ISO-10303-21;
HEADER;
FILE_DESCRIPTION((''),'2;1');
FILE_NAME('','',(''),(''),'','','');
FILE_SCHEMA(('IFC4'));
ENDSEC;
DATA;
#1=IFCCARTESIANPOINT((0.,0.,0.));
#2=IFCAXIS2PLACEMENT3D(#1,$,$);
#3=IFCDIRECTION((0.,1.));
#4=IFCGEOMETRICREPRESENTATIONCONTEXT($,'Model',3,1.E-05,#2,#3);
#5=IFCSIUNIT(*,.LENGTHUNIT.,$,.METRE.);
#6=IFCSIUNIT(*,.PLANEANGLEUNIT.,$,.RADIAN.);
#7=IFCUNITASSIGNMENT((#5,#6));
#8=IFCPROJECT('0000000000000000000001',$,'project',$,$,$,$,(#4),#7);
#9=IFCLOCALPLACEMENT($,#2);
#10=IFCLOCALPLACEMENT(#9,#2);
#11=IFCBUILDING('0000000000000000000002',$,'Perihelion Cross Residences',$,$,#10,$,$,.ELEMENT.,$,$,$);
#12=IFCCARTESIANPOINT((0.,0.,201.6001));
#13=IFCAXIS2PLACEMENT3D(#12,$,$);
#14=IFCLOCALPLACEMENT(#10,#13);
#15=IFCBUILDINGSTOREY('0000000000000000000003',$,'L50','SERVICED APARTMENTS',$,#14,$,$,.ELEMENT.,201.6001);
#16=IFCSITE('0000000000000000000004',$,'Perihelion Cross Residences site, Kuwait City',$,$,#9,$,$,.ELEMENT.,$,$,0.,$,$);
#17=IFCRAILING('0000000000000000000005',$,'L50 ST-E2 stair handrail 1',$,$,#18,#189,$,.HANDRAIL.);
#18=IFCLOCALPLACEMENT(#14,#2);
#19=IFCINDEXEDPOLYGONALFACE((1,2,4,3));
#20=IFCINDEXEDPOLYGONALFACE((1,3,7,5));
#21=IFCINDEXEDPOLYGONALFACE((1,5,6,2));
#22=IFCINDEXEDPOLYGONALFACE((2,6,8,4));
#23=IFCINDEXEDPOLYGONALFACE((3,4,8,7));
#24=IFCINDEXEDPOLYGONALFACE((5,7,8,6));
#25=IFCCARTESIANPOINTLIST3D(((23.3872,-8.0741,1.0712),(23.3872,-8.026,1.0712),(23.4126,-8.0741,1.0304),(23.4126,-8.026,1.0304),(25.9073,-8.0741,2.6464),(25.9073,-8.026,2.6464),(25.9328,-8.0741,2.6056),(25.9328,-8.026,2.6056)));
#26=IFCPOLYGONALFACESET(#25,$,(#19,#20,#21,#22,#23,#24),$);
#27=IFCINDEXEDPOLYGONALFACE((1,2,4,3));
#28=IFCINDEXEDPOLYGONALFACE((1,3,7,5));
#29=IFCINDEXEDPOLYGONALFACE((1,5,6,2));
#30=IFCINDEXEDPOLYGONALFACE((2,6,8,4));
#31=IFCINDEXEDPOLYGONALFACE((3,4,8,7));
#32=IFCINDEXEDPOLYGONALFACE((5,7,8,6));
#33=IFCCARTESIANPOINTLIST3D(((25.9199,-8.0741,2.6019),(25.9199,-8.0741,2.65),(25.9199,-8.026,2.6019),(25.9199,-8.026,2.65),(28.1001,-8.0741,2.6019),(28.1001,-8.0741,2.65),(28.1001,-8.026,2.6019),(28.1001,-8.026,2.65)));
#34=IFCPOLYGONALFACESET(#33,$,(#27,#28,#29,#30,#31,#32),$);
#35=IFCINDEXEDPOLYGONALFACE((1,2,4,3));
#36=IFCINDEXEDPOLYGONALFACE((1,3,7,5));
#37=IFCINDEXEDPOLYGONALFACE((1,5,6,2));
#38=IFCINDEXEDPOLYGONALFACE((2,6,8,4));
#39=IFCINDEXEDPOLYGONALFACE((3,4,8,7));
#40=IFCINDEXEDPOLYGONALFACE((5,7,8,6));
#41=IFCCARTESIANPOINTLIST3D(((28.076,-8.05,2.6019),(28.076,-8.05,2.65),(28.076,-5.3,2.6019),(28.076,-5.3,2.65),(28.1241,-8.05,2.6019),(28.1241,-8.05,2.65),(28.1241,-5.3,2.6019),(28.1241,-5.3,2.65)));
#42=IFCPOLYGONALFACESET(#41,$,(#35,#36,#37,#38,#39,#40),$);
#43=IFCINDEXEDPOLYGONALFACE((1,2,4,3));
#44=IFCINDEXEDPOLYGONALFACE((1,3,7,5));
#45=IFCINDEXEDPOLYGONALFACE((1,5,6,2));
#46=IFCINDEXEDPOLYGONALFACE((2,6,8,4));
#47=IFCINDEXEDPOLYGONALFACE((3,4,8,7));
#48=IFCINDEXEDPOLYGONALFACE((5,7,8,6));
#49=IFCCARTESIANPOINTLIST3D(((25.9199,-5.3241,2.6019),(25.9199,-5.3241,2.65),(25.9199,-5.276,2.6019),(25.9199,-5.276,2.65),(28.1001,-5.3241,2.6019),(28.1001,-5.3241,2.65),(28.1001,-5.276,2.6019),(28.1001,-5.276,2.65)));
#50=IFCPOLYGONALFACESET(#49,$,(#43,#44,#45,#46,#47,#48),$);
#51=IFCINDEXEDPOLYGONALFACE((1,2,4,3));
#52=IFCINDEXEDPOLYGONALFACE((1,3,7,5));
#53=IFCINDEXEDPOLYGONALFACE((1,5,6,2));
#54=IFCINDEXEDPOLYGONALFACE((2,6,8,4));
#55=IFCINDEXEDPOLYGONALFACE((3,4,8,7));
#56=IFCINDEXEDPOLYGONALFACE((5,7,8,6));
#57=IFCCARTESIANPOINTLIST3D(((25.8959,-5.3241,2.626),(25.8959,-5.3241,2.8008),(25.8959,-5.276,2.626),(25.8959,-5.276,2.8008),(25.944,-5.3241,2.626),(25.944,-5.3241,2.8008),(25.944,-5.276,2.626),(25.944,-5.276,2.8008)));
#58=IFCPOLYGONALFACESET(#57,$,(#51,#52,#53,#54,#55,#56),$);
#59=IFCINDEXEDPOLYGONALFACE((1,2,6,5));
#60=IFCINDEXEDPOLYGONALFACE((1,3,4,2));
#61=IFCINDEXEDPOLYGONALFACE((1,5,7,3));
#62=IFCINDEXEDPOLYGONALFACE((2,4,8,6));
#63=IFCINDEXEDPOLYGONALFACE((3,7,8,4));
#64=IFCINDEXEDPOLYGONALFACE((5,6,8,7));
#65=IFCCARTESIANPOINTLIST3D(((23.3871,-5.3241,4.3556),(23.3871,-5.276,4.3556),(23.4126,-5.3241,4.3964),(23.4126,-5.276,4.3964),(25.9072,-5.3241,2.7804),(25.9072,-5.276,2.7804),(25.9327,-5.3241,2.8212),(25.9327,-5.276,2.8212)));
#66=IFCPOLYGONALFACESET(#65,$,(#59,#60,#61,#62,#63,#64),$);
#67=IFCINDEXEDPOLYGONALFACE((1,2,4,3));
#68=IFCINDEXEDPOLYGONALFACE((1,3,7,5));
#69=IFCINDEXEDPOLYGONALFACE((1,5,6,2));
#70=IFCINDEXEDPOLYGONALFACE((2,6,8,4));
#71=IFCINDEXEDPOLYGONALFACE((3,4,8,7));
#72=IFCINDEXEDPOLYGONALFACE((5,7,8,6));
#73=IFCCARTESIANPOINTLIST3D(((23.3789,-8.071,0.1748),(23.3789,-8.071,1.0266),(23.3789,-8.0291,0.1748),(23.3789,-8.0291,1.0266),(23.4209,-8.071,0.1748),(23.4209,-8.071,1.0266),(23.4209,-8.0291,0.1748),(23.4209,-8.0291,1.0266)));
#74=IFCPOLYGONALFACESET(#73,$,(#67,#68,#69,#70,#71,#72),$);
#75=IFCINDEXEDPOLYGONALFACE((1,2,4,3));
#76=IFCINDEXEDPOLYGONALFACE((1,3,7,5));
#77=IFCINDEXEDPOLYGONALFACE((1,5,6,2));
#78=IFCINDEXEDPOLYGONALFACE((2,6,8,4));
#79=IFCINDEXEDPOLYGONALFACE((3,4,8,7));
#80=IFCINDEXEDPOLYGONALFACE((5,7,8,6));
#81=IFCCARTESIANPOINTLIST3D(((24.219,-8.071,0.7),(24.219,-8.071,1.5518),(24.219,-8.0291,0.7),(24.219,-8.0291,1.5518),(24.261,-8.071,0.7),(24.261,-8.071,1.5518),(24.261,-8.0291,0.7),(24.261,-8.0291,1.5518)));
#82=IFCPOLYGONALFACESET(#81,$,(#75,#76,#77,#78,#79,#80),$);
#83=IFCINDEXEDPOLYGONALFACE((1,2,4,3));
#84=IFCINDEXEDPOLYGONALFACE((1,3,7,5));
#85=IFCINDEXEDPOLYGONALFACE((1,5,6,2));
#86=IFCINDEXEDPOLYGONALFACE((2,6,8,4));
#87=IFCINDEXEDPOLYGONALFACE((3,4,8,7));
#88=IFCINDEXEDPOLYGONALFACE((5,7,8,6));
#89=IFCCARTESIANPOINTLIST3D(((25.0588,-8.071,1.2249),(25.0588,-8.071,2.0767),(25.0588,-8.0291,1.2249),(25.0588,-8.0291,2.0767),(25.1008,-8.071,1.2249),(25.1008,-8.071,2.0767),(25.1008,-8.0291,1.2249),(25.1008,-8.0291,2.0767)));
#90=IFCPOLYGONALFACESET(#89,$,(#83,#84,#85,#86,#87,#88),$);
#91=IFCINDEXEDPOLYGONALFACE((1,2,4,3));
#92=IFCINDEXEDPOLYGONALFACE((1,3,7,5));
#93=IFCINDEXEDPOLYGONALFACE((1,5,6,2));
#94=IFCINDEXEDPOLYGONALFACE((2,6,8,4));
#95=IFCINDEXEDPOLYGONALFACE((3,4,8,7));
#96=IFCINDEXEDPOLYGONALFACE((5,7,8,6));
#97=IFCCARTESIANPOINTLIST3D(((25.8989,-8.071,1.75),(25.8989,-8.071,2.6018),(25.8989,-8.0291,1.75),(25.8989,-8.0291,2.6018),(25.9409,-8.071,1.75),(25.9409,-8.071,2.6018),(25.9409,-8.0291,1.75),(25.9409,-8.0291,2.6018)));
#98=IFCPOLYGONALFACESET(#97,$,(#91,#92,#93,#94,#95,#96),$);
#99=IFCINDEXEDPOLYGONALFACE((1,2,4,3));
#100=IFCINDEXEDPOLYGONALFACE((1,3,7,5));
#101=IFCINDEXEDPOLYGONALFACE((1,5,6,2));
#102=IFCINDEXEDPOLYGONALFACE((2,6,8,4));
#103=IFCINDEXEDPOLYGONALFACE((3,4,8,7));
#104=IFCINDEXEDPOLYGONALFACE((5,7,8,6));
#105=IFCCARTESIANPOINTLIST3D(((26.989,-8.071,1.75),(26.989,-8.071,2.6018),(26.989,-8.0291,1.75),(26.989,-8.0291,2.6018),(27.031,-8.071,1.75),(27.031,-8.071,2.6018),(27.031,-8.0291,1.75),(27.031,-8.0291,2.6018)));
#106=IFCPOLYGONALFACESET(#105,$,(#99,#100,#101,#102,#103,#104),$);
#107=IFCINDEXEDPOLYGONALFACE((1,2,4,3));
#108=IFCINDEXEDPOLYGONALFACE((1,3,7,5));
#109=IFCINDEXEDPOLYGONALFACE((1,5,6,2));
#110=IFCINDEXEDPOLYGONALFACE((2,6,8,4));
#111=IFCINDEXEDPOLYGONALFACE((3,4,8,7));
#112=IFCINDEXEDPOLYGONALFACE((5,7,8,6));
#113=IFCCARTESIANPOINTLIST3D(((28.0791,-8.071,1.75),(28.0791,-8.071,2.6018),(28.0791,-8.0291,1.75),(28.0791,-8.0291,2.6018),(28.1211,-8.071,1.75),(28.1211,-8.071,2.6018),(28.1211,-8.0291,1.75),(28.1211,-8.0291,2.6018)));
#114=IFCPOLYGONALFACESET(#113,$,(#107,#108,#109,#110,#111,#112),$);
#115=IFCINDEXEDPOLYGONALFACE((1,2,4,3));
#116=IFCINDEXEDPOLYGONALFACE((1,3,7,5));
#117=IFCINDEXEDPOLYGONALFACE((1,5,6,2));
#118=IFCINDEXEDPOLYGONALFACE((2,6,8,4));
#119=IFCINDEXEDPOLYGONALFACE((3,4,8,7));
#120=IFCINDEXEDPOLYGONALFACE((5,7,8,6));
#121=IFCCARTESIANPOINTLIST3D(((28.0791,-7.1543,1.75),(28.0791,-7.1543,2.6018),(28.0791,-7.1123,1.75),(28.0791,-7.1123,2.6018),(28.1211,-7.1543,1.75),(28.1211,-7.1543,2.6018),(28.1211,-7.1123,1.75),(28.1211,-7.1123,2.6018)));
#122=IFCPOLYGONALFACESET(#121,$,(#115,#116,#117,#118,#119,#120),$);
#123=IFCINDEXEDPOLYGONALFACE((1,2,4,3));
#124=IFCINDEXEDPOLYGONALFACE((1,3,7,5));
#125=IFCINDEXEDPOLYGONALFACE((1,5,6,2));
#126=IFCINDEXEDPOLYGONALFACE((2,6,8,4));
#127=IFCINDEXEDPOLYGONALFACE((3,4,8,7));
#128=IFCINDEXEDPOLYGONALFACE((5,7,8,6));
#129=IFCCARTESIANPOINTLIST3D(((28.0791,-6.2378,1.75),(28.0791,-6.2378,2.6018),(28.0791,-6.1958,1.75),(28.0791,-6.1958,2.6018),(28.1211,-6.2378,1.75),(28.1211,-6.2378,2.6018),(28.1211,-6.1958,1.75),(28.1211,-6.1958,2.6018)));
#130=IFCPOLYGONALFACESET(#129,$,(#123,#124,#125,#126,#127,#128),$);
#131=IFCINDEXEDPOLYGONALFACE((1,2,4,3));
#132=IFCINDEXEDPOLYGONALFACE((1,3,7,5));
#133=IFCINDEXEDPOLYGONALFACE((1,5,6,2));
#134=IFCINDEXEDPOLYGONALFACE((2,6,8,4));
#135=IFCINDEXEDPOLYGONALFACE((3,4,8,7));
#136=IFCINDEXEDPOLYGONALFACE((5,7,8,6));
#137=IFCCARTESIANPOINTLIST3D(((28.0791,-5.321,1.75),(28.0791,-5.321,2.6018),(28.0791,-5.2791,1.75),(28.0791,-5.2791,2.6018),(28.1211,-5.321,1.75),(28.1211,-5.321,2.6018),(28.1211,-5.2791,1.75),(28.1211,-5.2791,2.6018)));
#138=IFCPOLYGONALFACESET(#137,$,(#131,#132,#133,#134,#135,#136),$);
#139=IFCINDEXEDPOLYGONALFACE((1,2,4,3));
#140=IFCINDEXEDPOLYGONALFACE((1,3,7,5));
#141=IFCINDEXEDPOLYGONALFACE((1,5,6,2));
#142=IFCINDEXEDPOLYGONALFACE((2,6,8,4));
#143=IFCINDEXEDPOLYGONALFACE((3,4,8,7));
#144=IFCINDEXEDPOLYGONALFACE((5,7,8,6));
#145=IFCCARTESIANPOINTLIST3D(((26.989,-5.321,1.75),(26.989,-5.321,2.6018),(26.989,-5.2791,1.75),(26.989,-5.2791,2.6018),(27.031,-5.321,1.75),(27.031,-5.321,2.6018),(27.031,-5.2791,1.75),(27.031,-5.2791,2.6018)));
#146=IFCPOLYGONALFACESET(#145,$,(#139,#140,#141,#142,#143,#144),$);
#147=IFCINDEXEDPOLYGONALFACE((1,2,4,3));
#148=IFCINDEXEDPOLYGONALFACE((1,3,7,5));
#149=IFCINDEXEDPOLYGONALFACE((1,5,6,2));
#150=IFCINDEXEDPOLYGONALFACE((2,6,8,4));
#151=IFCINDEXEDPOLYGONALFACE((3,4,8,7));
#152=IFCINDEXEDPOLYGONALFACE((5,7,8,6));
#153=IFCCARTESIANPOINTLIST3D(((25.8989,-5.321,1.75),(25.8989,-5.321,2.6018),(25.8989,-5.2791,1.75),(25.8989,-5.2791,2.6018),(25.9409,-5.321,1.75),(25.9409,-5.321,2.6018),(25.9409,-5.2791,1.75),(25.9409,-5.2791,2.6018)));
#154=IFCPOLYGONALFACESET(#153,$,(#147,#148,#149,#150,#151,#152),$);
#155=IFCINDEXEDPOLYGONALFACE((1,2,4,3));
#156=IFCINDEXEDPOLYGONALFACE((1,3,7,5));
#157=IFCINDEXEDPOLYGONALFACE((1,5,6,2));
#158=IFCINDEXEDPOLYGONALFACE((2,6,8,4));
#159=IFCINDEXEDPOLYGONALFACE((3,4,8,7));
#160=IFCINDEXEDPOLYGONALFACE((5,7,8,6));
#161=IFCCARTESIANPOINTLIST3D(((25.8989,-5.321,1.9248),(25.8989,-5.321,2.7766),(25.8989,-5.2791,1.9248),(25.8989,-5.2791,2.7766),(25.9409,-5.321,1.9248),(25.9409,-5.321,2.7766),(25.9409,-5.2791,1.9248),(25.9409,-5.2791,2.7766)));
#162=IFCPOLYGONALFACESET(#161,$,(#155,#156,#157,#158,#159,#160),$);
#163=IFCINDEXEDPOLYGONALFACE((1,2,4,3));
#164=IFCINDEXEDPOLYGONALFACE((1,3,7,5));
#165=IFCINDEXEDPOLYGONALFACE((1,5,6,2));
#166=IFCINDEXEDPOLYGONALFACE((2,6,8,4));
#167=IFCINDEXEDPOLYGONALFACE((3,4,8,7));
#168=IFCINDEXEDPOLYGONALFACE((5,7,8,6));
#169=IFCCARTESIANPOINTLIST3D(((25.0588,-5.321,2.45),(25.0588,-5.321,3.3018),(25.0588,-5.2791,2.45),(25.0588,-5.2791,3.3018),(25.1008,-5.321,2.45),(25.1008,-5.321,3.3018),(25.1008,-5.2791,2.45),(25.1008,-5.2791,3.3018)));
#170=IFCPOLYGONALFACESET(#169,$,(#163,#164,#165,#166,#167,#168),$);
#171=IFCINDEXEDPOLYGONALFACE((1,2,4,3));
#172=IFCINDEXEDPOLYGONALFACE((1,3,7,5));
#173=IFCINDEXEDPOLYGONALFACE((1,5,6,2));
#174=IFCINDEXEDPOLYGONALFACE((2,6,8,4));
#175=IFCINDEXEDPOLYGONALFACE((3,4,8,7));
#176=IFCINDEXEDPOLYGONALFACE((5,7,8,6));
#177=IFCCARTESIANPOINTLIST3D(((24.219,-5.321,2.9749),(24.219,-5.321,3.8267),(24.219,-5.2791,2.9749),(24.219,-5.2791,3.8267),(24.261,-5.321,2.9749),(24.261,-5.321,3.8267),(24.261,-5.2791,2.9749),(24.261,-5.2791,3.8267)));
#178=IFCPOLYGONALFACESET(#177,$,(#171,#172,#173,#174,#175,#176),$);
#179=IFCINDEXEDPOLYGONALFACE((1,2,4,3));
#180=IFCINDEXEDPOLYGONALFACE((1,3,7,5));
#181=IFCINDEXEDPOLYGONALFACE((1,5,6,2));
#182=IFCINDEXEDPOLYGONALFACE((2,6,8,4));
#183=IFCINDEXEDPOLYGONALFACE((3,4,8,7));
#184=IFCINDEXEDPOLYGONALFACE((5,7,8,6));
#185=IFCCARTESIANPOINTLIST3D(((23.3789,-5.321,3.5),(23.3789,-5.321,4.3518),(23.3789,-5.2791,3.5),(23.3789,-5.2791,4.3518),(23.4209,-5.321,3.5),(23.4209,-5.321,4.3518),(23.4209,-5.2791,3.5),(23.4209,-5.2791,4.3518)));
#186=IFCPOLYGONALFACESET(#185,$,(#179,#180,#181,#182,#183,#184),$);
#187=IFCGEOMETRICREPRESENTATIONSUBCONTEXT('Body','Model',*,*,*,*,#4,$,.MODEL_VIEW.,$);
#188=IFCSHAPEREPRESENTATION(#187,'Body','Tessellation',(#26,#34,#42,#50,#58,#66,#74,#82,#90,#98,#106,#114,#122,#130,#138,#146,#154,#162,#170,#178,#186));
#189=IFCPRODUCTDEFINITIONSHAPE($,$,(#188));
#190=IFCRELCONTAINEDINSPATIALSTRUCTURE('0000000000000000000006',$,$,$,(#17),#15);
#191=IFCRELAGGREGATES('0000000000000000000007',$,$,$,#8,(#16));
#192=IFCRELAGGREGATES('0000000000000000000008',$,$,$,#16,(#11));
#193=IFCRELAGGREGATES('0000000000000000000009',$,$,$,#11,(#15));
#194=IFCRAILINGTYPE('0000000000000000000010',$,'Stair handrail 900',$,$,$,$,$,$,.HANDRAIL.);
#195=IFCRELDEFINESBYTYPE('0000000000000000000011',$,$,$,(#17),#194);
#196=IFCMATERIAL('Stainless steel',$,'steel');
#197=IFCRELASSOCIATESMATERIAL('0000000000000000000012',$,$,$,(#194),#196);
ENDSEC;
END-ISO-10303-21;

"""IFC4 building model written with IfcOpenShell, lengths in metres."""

from ifc_helpers import new_model, si_unit, direction, frame, origin, origin_2d, place, context, subcontext, project, spatial, rectangle, extrude, material, type_object, element, save


model = new_model("IFC4")

# Units and contexts
model_context = context("Model", 3, precision=1e-05, world=origin(), true_north=direction((0.0, 1.0)))
body_context = subcontext(model_context, "Body", "Model", "MODEL_VIEW")
ifc_project = project(units=[si_unit("LENGTHUNIT", "METRE"), si_unit("PLANEANGLEUNIT", "RADIAN")], contexts=[model_context])

# Site, building, storey
site_placement = place(None, origin())
site = spatial("IfcSite", under=ifc_project, at=site_placement, Name="Perihelion Cross Residences site, Kuwait City", CompositionType="ELEMENT", RefElevation=0.0)
building_placement = place(site_placement, origin())
building = spatial("IfcBuilding", under=site, at=building_placement, Name="Perihelion Cross Residences", CompositionType="ELEMENT")
storey_placement = place(building_placement, frame((0.0, 0.0, 201.6001)))
storey = spatial("IfcBuildingStorey", under=building, at=storey_placement, Name="L50", Description="SERVICED APARTMENTS", CompositionType="ELEMENT", Elevation=201.6001)

# Railing
ifc_material_1 = material(Name="Stainless steel", Category="steel")
railing_type_1 = type_object("IfcRailingType", Name="Stair handrail 900", PredefinedType="HANDRAIL", material=ifc_material_1)
railing_1_placement = place(storey_placement, frame((23.3999, -8.05, 0.1748)))
element("IfcRailing", 1, at=railing_1_placement, inside=storey, type_object=railing_type_1, Name="L50 ST-E2 stair handrail 1", PredefinedType="HANDRAIL", context=body_context, shape_type="SweptSolid", body=[
    extrude(rectangle(XDim=0.0481, YDim=0.0481, at=origin_2d()), frame((0.0, 0.0, 0.876), z_axis=(0.847971, 0.0, 0.530043), x_axis=(0.0, 1.0, 0.0)), (0.0, 0.0, 1.0), 2.9719),
    extrude(rectangle(XDim=0.0481, YDim=0.0481, at=origin_2d()), frame((2.52, 0.0, 2.4512), z_axis=(1.0, 0.0, 0.0), x_axis=(0.0, 1.0, 0.0)), (0.0, 0.0, 1.0), 2.1802),
    extrude(rectangle(XDim=0.0481, YDim=0.0481, at=origin_2d()), frame((4.7002, 0.0, 2.4512), z_axis=(0.0, 1.0, 0.0), x_axis=(-1.0, 0.0, 0.0)), (0.0, 0.0, 1.0), 2.75),
    extrude(rectangle(XDim=0.0481, YDim=0.0481, at=origin_2d()), frame((4.7002, 2.75, 2.4512), z_axis=(-1.0, 0.0, 0.0), x_axis=(0.0, -1.0, 0.0)), (0.0, 0.0, 1.0), 2.1802),
    extrude(rectangle(XDim=0.0481, YDim=0.0481, at=origin_2d()), frame((2.52, 2.75, 2.4512), z_axis=(0.0, 0.0, 1.0), x_axis=(1.0, 0.0, 0.0)), (0.0, 0.0, 1.0), 0.1748),
    extrude(rectangle(XDim=0.0481, YDim=0.0481, at=origin_2d()), frame((2.52, 2.75, 2.626), z_axis=(-0.847971, 0.0, 0.530043), x_axis=(0.0, -1.0, 0.0)), (0.0, 0.0, 1.0), 2.9719),
    extrude(rectangle(XDim=0.042, YDim=0.042, at=origin_2d()), origin(), (0.0, 0.0, 1.0), 0.8518),
    extrude(rectangle(XDim=0.042, YDim=0.042, at=origin_2d()), frame((0.8401, 0.0, 0.5251)), (0.0, 0.0, 1.0), 0.8518),
    extrude(rectangle(XDim=0.042, YDim=0.042, at=origin_2d()), frame((1.6799, 0.0, 1.05)), (0.0, 0.0, 1.0), 0.8518),
    extrude(rectangle(XDim=0.042, YDim=0.042, at=origin_2d()), frame((2.52, 0.0, 1.5752)), (0.0, 0.0, 1.0), 0.8518),
    extrude(rectangle(XDim=0.042, YDim=0.042, at=origin_2d()), frame((3.6101, 0.0, 1.5752)), (0.0, 0.0, 1.0), 0.8518),
    extrude(rectangle(XDim=0.042, YDim=0.042, at=origin_2d()), frame((4.7002, 0.0, 1.5752)), (0.0, 0.0, 1.0), 0.8518),
    extrude(rectangle(XDim=0.042, YDim=0.042, at=origin_2d()), frame((4.7002, 0.9167, 1.5752)), (0.0, 0.0, 1.0), 0.8518),
    extrude(rectangle(XDim=0.042, YDim=0.042, at=origin_2d()), frame((4.7002, 1.8333, 1.5752)), (0.0, 0.0, 1.0), 0.8518),
    extrude(rectangle(XDim=0.042, YDim=0.042, at=origin_2d()), frame((4.7002, 2.75, 1.5752)), (0.0, 0.0, 1.0), 0.8518),
    extrude(rectangle(XDim=0.042, YDim=0.042, at=origin_2d()), frame((3.6101, 2.75, 1.5752)), (0.0, 0.0, 1.0), 0.8518),
    extrude(rectangle(XDim=0.042, YDim=0.042, at=origin_2d()), frame((2.52, 2.75, 1.5752)), (0.0, 0.0, 1.0), 0.8518),
    extrude(rectangle(XDim=0.042, YDim=0.042, at=origin_2d()), frame((2.52, 2.75, 1.75)), (0.0, 0.0, 1.0), 0.8518),
    extrude(rectangle(XDim=0.042, YDim=0.042, at=origin_2d()), frame((1.6799, 2.75, 2.2751)), (0.0, 0.0, 1.0), 0.8518),
    extrude(rectangle(XDim=0.042, YDim=0.042, at=origin_2d()), frame((0.8401, 2.75, 2.8)), (0.0, 0.0, 1.0), 0.8518),
    extrude(rectangle(XDim=0.042, YDim=0.042, at=origin_2d()), frame((0.0, 2.75, 3.3252)), (0.0, 0.0, 1.0), 0.8518),
])

save(model, "model.ifc")
